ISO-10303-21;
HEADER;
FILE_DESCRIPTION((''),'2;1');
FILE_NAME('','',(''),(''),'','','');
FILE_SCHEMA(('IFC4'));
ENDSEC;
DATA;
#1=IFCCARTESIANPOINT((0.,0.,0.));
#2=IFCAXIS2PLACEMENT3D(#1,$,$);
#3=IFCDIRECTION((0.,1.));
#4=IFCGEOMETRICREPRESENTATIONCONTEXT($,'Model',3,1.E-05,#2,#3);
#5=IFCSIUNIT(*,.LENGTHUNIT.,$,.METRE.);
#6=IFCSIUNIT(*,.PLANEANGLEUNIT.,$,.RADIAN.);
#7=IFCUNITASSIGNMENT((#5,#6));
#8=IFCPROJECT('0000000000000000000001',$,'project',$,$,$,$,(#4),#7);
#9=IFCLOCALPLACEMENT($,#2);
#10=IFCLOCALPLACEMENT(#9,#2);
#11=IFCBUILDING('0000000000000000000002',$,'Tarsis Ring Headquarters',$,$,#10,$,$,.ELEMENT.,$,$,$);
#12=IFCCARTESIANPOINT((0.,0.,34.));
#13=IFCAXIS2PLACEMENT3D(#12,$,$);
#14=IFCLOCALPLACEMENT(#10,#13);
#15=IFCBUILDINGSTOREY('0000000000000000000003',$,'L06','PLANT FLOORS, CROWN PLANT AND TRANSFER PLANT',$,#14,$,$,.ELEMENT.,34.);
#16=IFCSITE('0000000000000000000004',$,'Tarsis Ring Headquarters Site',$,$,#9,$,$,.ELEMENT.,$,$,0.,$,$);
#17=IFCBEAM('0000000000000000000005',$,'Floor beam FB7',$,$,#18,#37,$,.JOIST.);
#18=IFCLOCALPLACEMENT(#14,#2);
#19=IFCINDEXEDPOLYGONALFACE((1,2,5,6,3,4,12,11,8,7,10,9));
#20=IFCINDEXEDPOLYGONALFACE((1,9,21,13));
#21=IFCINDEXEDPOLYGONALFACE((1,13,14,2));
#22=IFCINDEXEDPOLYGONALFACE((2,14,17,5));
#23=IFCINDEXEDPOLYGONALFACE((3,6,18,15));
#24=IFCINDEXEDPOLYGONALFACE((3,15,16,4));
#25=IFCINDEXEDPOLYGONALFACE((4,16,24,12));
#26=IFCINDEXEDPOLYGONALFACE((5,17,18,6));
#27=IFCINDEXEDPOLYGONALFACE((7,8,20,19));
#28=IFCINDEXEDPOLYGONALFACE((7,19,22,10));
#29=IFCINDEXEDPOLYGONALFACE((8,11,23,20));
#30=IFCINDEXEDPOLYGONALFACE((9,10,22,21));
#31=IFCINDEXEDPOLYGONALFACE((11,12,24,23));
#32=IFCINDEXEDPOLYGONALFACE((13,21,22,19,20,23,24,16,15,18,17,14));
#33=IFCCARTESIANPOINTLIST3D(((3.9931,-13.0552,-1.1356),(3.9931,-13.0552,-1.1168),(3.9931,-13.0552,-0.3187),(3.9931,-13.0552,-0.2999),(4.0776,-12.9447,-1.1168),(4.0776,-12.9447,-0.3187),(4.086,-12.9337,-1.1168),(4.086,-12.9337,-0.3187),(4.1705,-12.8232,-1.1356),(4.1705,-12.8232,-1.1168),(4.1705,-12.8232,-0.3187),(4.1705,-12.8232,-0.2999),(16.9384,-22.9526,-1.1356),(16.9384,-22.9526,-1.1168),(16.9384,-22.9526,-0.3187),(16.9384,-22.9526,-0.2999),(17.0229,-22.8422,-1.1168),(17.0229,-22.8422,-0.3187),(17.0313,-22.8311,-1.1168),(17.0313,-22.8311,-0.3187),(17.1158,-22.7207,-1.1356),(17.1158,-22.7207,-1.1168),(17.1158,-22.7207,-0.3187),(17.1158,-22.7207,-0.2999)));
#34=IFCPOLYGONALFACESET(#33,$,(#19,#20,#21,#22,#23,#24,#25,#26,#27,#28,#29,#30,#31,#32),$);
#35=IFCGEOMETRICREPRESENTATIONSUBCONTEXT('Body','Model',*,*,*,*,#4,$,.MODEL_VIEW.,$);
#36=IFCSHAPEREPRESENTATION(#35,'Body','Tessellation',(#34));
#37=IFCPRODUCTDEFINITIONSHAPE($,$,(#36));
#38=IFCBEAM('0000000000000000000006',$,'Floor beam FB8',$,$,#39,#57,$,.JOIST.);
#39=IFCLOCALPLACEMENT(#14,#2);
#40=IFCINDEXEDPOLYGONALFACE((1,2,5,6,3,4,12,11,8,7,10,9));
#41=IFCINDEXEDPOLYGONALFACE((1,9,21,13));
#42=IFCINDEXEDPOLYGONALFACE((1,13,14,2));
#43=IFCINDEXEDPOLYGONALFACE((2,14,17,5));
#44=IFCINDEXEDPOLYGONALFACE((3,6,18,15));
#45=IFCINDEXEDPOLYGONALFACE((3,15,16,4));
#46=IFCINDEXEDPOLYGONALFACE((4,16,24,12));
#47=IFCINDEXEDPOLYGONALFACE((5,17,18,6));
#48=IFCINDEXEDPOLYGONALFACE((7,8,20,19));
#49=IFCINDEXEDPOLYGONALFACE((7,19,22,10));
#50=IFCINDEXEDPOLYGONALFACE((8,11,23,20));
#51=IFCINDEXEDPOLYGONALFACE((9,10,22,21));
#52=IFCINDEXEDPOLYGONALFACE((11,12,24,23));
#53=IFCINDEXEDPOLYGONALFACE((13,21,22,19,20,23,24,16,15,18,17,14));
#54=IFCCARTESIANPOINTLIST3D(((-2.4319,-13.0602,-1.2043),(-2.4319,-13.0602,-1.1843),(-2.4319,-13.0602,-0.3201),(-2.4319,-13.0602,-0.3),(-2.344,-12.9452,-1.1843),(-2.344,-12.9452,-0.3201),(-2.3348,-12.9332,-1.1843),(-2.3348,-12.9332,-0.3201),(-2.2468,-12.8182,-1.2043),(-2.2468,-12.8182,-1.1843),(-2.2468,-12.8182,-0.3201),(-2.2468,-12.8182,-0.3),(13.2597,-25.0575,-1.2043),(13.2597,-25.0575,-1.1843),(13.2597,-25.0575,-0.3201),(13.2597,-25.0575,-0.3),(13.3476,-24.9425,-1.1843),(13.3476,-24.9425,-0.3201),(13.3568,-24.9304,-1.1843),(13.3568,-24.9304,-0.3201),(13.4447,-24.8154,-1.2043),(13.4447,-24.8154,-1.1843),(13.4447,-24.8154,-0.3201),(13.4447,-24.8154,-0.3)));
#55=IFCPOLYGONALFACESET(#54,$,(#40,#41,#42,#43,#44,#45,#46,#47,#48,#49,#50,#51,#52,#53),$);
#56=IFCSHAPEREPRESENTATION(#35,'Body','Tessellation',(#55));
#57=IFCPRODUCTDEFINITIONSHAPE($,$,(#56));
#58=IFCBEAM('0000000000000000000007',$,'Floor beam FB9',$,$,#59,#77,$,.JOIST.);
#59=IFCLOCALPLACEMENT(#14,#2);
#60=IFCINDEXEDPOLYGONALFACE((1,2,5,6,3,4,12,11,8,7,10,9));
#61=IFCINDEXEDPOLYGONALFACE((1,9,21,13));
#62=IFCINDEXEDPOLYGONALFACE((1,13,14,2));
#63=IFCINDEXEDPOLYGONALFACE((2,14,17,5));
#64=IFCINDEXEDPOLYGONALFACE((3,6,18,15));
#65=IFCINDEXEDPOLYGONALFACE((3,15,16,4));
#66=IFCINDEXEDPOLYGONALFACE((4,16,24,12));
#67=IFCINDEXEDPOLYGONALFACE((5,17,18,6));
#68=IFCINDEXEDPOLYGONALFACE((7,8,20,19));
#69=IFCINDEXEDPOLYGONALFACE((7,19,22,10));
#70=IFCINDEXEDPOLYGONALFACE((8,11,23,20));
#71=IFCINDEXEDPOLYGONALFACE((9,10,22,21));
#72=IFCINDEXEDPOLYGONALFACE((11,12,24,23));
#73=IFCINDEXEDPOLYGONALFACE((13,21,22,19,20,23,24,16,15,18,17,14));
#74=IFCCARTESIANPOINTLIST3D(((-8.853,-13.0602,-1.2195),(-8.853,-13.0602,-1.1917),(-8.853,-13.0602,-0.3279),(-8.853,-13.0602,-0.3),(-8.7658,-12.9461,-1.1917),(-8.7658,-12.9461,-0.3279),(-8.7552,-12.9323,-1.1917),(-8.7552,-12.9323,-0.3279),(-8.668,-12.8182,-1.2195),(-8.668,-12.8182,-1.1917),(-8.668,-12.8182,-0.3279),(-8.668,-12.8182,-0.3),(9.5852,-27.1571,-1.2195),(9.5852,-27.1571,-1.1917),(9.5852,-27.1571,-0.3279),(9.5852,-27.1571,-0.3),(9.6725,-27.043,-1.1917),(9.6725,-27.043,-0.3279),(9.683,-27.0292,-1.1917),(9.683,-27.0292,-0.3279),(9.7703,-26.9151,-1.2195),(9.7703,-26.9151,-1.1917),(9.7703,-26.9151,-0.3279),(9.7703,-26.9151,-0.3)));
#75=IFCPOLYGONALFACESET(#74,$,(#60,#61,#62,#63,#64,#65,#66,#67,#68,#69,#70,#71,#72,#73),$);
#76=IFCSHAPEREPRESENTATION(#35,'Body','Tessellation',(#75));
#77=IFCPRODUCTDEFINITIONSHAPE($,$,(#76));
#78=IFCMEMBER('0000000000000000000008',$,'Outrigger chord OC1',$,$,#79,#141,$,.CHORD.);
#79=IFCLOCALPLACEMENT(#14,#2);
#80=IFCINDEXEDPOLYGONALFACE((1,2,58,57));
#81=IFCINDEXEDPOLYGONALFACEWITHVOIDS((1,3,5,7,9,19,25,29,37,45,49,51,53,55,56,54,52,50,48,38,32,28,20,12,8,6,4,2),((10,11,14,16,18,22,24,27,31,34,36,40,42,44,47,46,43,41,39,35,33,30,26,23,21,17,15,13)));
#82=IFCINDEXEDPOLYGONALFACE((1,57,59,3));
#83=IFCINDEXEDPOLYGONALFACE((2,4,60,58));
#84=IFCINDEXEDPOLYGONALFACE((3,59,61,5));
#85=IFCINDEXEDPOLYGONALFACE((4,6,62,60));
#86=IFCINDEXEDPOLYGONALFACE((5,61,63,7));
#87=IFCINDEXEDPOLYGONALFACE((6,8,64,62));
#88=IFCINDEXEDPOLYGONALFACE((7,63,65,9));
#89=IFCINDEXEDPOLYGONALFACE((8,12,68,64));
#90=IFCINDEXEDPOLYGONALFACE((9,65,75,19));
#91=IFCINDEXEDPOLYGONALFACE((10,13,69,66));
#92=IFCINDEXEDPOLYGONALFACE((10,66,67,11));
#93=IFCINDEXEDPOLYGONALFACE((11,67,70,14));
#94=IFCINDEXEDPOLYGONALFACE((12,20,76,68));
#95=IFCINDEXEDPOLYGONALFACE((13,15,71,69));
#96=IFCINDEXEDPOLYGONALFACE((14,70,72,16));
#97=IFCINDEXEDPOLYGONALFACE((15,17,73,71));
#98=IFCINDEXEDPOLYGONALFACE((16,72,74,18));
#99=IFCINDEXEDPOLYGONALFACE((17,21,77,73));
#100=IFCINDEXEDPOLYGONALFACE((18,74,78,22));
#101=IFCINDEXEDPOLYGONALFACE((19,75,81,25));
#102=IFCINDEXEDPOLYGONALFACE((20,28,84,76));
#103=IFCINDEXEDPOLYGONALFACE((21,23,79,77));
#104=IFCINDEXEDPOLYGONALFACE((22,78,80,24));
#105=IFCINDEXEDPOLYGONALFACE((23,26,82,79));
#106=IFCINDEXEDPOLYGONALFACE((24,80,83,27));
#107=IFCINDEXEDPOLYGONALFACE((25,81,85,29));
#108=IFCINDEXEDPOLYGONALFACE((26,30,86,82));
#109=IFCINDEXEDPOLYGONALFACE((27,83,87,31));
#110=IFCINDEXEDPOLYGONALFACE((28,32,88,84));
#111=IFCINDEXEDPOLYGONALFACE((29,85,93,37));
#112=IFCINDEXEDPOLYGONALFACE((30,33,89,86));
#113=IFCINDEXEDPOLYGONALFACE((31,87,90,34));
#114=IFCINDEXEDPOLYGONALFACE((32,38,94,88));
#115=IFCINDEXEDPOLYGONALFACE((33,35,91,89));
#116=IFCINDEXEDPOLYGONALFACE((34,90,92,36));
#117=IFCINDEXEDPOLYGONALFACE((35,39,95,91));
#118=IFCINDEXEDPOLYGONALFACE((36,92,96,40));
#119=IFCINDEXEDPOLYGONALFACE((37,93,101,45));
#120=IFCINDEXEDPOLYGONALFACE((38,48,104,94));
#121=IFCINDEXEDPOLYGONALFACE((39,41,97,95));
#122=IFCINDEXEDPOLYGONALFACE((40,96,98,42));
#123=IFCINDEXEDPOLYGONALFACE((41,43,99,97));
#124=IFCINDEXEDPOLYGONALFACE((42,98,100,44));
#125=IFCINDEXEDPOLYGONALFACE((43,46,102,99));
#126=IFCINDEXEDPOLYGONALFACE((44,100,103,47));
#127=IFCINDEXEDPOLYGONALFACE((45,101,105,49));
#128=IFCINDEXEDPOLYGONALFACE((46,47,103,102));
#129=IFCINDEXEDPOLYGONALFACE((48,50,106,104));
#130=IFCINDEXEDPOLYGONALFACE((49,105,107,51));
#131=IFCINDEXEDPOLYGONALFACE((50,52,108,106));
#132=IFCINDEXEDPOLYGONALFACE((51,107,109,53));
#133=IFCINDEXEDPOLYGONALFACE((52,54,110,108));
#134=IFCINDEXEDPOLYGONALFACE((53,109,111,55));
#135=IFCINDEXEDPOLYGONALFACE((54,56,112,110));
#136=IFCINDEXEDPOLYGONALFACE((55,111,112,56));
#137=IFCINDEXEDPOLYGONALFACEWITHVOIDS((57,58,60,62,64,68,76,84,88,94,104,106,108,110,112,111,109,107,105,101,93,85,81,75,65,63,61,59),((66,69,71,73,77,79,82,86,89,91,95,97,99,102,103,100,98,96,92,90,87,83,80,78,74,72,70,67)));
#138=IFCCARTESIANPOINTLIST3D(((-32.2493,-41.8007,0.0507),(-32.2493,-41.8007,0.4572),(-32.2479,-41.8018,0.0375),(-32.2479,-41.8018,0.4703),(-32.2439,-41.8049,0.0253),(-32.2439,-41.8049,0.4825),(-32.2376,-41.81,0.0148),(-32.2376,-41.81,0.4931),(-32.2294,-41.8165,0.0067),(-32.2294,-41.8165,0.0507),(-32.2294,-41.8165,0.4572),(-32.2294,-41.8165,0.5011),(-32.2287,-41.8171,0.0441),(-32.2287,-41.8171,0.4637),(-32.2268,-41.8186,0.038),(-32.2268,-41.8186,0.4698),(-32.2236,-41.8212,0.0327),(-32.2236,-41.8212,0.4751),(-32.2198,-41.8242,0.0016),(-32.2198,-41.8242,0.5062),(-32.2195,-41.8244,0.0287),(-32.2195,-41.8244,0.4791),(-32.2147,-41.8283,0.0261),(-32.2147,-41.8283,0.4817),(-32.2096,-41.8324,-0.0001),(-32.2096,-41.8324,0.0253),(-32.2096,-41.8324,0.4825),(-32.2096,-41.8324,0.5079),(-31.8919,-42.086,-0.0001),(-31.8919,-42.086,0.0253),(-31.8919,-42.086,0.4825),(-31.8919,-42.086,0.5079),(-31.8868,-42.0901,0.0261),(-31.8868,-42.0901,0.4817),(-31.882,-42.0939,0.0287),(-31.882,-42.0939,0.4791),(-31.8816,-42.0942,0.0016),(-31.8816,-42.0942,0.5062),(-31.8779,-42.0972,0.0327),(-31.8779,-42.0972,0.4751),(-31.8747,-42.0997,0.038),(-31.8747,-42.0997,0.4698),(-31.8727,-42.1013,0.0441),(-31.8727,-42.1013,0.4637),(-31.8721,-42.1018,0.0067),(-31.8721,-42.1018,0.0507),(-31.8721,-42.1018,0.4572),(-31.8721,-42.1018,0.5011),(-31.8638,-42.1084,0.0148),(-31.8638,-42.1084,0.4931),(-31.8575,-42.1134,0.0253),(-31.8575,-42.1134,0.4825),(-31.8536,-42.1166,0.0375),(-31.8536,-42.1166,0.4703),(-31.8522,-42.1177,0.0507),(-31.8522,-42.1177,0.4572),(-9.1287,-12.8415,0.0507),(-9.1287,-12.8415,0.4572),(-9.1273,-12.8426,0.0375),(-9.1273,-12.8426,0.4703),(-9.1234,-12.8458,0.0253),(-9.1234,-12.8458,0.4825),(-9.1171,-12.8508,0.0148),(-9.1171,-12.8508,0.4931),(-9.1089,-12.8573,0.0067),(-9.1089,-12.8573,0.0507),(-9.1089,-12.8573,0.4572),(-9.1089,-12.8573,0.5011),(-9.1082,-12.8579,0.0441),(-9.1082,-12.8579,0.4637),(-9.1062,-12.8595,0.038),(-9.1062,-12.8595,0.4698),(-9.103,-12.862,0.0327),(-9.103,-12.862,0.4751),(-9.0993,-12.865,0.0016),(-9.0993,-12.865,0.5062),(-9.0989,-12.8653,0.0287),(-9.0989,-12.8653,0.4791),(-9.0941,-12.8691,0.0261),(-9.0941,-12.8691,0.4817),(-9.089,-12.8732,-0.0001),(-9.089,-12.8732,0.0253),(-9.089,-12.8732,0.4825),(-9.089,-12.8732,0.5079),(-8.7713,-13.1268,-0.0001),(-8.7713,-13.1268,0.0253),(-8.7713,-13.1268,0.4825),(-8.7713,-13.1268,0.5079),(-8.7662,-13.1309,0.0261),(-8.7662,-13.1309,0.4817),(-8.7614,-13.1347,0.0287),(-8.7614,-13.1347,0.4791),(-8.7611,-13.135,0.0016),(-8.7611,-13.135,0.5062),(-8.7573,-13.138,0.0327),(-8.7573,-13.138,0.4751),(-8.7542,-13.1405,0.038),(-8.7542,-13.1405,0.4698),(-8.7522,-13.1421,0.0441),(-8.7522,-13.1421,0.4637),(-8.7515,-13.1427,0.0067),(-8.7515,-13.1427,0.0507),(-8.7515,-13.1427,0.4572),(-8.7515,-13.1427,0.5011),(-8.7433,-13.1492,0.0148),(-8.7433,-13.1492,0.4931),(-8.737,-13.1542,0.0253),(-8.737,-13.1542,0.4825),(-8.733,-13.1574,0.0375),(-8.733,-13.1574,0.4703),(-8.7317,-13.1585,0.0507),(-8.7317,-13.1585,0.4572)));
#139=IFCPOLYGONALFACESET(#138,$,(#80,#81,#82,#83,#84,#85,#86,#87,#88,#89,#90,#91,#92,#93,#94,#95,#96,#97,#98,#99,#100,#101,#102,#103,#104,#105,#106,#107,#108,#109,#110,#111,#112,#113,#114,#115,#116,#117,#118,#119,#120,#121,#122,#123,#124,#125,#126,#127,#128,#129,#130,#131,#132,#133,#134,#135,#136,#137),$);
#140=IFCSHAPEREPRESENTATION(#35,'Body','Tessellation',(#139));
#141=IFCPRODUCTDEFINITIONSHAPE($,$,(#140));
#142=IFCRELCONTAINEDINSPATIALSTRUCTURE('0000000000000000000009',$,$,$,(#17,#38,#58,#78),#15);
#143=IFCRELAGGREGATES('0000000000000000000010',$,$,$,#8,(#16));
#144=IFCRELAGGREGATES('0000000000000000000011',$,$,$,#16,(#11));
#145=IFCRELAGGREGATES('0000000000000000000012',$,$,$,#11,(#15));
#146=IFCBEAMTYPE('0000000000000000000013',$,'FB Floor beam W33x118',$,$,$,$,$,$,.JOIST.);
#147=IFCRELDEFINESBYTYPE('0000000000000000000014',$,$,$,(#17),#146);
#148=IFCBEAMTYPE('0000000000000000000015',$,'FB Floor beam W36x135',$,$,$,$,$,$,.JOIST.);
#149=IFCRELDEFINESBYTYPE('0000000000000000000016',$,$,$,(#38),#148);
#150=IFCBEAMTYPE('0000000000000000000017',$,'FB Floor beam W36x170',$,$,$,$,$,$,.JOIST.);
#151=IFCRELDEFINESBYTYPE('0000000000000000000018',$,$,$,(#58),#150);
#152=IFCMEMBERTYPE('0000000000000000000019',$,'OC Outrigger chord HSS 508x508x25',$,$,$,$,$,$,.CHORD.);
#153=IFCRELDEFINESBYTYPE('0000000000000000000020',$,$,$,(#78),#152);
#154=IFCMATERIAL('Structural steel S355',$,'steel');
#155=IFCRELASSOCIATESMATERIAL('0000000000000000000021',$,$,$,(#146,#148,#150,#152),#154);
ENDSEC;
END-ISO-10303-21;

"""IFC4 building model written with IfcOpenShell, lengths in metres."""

from ifc_helpers import new_model, si_unit, direction, frame, origin, origin_2d, place, context, subcontext, project, spatial, hollow_rectangle, i_section, extrude, material, material_profile, profile_set, type_object, element, save


model = new_model("IFC4")

# Units and contexts
model_context = context("Model", 3, precision=1e-05, world=origin(), true_north=direction((0.0, 1.0)))
body_context = subcontext(model_context, "Body", "Model", "MODEL_VIEW")
ifc_project = project(units=[si_unit("LENGTHUNIT", "METRE"), si_unit("PLANEANGLEUNIT", "RADIAN")], contexts=[model_context])

# Site, building, storey
site_placement = place(None, origin())
site = spatial("IfcSite", under=ifc_project, at=site_placement, Name="Tarsis Ring Headquarters Site", CompositionType="ELEMENT", RefElevation=0.0)
building_placement = place(site_placement, origin())
building = spatial("IfcBuilding", under=site, at=building_placement, Name="Tarsis Ring Headquarters", CompositionType="ELEMENT")
storey_placement = place(building_placement, frame((0.0, 0.0, 34.0)))
storey = spatial("IfcBuildingStorey", under=building, at=storey_placement, Name="L06", Description="PLANT FLOORS, CROWN PLANT AND TRANSFER PLANT", CompositionType="ELEMENT", Elevation=34.0)

# Beams
ifc_material_1 = material(Name="Structural steel S355", Category="steel")
ifc_material_profile_1 = material_profile(ifc_material_1, i_section(OverallWidth=0.292, OverallDepth=0.8357, WebThickness=0.0139, FlangeThickness=0.0188, at=origin_2d()), Name="W33x118")
ifc_profile_set_1 = profile_set([ifc_material_profile_1], Name="Structural steel S355")
beam_type_1 = type_object("IfcBeamType", Name="FB Floor beam W33x118", PredefinedType="JOIST", material=ifc_profile_set_1)
beam_1_placement = place(storey_placement, frame((4.0818, -12.9392, -0.7178), z_axis=(0.794414, -0.607377, 0.0), x_axis=(0.607377, 0.794414, 0.0)))
element("IfcBeam", 1, at=beam_1_placement, inside=storey, type_object=beam_type_1, Name="Floor beam FB7", PredefinedType="JOIST", context=body_context, shape_type="SweptSolid", body=[
    extrude(i_section(OverallWidth=0.292, OverallDepth=0.8357, WebThickness=0.0139, FlangeThickness=0.0188, at=origin_2d()), origin(), (0.0, 0.0, 1.0), 16.2954),
])
ifc_material_profile_2 = material_profile(ifc_material_1, i_section(OverallWidth=0.3047, OverallDepth=0.9043, WebThickness=0.0151, FlangeThickness=0.02, at=origin_2d()), Name="W36x135")
ifc_profile_set_2 = profile_set([ifc_material_profile_2], Name="Structural steel S355")
beam_type_2 = type_object("IfcBeamType", Name="FB Floor beam W36x135", PredefinedType="JOIST", material=ifc_profile_set_2)
beam_2_placement = place(storey_placement, frame((-2.3394, -12.9392, -0.7522), z_axis=(0.794411, -0.60738, 0.0), x_axis=(0.60738, 0.794411, 0.0)))
element("IfcBeam", 2, at=beam_2_placement, inside=storey, type_object=beam_type_2, Name="Floor beam FB8", PredefinedType="JOIST", context=body_context, shape_type="SweptSolid", body=[
    extrude(i_section(OverallWidth=0.3047, OverallDepth=0.9043, WebThickness=0.0151, FlangeThickness=0.02, at=origin_2d()), origin(), (0.0, 0.0, 1.0), 19.7524),
])
ifc_material_profile_3 = material_profile(ifc_material_1, i_section(OverallWidth=0.3047, OverallDepth=0.9194, WebThickness=0.0173, FlangeThickness=0.0278, at=origin_2d()), Name="W36x170")
ifc_profile_set_3 = profile_set([ifc_material_profile_3], Name="Structural steel S355")
beam_type_3 = type_object("IfcBeamType", Name="FB Floor beam W36x170", PredefinedType="JOIST", material=ifc_profile_set_3)
beam_3_placement = place(storey_placement, frame((-8.7605, -12.9392, -0.7598), z_axis=(0.794418, -0.607371, 0.0), x_axis=(0.607371, 0.794418, 0.0)))
element("IfcBeam", 3, at=beam_3_placement, inside=storey, type_object=beam_type_3, Name="Floor beam FB9", PredefinedType="JOIST", context=body_context, shape_type="SweptSolid", body=[
    extrude(i_section(OverallWidth=0.3047, OverallDepth=0.9194, WebThickness=0.0173, FlangeThickness=0.0278, at=origin_2d()), origin(), (0.0, 0.0, 1.0), 23.2097),
])

# Member
ifc_material_profile_4 = material_profile(ifc_material_1, hollow_rectangle(XDim=0.5081, YDim=0.5081, WallThickness=0.0254, InnerFilletRadius=0.0254, OuterFilletRadius=0.0508, at=origin_2d()), Name="HSS 508x508x25")
ifc_profile_set_4 = profile_set([ifc_material_profile_4], Name="Structural steel S355")
member_type_1 = type_object("IfcMemberType", Name="OC Outrigger chord HSS 508x508x25", PredefinedType="CHORD", material=ifc_profile_set_4)
member_1_placement = place(storey_placement, frame((-8.9302, -13.0, 0.2539), z_axis=(-0.623925, -0.781484, 0.0), x_axis=(0.781484, -0.623925, 0.0)))
element("IfcMember", 4, at=member_1_placement, inside=storey, type_object=member_type_1, Name="Outrigger chord OC1", PredefinedType="CHORD", context=body_context, shape_type="SweptSolid", body=[
    extrude(hollow_rectangle(XDim=0.5081, YDim=0.5081, WallThickness=0.0254, InnerFilletRadius=0.0254, OuterFilletRadius=0.0508, at=origin_2d()), origin(), (0.0, 0.0, 1.0), 37.0566),
])

save(model, "model.ifc")
